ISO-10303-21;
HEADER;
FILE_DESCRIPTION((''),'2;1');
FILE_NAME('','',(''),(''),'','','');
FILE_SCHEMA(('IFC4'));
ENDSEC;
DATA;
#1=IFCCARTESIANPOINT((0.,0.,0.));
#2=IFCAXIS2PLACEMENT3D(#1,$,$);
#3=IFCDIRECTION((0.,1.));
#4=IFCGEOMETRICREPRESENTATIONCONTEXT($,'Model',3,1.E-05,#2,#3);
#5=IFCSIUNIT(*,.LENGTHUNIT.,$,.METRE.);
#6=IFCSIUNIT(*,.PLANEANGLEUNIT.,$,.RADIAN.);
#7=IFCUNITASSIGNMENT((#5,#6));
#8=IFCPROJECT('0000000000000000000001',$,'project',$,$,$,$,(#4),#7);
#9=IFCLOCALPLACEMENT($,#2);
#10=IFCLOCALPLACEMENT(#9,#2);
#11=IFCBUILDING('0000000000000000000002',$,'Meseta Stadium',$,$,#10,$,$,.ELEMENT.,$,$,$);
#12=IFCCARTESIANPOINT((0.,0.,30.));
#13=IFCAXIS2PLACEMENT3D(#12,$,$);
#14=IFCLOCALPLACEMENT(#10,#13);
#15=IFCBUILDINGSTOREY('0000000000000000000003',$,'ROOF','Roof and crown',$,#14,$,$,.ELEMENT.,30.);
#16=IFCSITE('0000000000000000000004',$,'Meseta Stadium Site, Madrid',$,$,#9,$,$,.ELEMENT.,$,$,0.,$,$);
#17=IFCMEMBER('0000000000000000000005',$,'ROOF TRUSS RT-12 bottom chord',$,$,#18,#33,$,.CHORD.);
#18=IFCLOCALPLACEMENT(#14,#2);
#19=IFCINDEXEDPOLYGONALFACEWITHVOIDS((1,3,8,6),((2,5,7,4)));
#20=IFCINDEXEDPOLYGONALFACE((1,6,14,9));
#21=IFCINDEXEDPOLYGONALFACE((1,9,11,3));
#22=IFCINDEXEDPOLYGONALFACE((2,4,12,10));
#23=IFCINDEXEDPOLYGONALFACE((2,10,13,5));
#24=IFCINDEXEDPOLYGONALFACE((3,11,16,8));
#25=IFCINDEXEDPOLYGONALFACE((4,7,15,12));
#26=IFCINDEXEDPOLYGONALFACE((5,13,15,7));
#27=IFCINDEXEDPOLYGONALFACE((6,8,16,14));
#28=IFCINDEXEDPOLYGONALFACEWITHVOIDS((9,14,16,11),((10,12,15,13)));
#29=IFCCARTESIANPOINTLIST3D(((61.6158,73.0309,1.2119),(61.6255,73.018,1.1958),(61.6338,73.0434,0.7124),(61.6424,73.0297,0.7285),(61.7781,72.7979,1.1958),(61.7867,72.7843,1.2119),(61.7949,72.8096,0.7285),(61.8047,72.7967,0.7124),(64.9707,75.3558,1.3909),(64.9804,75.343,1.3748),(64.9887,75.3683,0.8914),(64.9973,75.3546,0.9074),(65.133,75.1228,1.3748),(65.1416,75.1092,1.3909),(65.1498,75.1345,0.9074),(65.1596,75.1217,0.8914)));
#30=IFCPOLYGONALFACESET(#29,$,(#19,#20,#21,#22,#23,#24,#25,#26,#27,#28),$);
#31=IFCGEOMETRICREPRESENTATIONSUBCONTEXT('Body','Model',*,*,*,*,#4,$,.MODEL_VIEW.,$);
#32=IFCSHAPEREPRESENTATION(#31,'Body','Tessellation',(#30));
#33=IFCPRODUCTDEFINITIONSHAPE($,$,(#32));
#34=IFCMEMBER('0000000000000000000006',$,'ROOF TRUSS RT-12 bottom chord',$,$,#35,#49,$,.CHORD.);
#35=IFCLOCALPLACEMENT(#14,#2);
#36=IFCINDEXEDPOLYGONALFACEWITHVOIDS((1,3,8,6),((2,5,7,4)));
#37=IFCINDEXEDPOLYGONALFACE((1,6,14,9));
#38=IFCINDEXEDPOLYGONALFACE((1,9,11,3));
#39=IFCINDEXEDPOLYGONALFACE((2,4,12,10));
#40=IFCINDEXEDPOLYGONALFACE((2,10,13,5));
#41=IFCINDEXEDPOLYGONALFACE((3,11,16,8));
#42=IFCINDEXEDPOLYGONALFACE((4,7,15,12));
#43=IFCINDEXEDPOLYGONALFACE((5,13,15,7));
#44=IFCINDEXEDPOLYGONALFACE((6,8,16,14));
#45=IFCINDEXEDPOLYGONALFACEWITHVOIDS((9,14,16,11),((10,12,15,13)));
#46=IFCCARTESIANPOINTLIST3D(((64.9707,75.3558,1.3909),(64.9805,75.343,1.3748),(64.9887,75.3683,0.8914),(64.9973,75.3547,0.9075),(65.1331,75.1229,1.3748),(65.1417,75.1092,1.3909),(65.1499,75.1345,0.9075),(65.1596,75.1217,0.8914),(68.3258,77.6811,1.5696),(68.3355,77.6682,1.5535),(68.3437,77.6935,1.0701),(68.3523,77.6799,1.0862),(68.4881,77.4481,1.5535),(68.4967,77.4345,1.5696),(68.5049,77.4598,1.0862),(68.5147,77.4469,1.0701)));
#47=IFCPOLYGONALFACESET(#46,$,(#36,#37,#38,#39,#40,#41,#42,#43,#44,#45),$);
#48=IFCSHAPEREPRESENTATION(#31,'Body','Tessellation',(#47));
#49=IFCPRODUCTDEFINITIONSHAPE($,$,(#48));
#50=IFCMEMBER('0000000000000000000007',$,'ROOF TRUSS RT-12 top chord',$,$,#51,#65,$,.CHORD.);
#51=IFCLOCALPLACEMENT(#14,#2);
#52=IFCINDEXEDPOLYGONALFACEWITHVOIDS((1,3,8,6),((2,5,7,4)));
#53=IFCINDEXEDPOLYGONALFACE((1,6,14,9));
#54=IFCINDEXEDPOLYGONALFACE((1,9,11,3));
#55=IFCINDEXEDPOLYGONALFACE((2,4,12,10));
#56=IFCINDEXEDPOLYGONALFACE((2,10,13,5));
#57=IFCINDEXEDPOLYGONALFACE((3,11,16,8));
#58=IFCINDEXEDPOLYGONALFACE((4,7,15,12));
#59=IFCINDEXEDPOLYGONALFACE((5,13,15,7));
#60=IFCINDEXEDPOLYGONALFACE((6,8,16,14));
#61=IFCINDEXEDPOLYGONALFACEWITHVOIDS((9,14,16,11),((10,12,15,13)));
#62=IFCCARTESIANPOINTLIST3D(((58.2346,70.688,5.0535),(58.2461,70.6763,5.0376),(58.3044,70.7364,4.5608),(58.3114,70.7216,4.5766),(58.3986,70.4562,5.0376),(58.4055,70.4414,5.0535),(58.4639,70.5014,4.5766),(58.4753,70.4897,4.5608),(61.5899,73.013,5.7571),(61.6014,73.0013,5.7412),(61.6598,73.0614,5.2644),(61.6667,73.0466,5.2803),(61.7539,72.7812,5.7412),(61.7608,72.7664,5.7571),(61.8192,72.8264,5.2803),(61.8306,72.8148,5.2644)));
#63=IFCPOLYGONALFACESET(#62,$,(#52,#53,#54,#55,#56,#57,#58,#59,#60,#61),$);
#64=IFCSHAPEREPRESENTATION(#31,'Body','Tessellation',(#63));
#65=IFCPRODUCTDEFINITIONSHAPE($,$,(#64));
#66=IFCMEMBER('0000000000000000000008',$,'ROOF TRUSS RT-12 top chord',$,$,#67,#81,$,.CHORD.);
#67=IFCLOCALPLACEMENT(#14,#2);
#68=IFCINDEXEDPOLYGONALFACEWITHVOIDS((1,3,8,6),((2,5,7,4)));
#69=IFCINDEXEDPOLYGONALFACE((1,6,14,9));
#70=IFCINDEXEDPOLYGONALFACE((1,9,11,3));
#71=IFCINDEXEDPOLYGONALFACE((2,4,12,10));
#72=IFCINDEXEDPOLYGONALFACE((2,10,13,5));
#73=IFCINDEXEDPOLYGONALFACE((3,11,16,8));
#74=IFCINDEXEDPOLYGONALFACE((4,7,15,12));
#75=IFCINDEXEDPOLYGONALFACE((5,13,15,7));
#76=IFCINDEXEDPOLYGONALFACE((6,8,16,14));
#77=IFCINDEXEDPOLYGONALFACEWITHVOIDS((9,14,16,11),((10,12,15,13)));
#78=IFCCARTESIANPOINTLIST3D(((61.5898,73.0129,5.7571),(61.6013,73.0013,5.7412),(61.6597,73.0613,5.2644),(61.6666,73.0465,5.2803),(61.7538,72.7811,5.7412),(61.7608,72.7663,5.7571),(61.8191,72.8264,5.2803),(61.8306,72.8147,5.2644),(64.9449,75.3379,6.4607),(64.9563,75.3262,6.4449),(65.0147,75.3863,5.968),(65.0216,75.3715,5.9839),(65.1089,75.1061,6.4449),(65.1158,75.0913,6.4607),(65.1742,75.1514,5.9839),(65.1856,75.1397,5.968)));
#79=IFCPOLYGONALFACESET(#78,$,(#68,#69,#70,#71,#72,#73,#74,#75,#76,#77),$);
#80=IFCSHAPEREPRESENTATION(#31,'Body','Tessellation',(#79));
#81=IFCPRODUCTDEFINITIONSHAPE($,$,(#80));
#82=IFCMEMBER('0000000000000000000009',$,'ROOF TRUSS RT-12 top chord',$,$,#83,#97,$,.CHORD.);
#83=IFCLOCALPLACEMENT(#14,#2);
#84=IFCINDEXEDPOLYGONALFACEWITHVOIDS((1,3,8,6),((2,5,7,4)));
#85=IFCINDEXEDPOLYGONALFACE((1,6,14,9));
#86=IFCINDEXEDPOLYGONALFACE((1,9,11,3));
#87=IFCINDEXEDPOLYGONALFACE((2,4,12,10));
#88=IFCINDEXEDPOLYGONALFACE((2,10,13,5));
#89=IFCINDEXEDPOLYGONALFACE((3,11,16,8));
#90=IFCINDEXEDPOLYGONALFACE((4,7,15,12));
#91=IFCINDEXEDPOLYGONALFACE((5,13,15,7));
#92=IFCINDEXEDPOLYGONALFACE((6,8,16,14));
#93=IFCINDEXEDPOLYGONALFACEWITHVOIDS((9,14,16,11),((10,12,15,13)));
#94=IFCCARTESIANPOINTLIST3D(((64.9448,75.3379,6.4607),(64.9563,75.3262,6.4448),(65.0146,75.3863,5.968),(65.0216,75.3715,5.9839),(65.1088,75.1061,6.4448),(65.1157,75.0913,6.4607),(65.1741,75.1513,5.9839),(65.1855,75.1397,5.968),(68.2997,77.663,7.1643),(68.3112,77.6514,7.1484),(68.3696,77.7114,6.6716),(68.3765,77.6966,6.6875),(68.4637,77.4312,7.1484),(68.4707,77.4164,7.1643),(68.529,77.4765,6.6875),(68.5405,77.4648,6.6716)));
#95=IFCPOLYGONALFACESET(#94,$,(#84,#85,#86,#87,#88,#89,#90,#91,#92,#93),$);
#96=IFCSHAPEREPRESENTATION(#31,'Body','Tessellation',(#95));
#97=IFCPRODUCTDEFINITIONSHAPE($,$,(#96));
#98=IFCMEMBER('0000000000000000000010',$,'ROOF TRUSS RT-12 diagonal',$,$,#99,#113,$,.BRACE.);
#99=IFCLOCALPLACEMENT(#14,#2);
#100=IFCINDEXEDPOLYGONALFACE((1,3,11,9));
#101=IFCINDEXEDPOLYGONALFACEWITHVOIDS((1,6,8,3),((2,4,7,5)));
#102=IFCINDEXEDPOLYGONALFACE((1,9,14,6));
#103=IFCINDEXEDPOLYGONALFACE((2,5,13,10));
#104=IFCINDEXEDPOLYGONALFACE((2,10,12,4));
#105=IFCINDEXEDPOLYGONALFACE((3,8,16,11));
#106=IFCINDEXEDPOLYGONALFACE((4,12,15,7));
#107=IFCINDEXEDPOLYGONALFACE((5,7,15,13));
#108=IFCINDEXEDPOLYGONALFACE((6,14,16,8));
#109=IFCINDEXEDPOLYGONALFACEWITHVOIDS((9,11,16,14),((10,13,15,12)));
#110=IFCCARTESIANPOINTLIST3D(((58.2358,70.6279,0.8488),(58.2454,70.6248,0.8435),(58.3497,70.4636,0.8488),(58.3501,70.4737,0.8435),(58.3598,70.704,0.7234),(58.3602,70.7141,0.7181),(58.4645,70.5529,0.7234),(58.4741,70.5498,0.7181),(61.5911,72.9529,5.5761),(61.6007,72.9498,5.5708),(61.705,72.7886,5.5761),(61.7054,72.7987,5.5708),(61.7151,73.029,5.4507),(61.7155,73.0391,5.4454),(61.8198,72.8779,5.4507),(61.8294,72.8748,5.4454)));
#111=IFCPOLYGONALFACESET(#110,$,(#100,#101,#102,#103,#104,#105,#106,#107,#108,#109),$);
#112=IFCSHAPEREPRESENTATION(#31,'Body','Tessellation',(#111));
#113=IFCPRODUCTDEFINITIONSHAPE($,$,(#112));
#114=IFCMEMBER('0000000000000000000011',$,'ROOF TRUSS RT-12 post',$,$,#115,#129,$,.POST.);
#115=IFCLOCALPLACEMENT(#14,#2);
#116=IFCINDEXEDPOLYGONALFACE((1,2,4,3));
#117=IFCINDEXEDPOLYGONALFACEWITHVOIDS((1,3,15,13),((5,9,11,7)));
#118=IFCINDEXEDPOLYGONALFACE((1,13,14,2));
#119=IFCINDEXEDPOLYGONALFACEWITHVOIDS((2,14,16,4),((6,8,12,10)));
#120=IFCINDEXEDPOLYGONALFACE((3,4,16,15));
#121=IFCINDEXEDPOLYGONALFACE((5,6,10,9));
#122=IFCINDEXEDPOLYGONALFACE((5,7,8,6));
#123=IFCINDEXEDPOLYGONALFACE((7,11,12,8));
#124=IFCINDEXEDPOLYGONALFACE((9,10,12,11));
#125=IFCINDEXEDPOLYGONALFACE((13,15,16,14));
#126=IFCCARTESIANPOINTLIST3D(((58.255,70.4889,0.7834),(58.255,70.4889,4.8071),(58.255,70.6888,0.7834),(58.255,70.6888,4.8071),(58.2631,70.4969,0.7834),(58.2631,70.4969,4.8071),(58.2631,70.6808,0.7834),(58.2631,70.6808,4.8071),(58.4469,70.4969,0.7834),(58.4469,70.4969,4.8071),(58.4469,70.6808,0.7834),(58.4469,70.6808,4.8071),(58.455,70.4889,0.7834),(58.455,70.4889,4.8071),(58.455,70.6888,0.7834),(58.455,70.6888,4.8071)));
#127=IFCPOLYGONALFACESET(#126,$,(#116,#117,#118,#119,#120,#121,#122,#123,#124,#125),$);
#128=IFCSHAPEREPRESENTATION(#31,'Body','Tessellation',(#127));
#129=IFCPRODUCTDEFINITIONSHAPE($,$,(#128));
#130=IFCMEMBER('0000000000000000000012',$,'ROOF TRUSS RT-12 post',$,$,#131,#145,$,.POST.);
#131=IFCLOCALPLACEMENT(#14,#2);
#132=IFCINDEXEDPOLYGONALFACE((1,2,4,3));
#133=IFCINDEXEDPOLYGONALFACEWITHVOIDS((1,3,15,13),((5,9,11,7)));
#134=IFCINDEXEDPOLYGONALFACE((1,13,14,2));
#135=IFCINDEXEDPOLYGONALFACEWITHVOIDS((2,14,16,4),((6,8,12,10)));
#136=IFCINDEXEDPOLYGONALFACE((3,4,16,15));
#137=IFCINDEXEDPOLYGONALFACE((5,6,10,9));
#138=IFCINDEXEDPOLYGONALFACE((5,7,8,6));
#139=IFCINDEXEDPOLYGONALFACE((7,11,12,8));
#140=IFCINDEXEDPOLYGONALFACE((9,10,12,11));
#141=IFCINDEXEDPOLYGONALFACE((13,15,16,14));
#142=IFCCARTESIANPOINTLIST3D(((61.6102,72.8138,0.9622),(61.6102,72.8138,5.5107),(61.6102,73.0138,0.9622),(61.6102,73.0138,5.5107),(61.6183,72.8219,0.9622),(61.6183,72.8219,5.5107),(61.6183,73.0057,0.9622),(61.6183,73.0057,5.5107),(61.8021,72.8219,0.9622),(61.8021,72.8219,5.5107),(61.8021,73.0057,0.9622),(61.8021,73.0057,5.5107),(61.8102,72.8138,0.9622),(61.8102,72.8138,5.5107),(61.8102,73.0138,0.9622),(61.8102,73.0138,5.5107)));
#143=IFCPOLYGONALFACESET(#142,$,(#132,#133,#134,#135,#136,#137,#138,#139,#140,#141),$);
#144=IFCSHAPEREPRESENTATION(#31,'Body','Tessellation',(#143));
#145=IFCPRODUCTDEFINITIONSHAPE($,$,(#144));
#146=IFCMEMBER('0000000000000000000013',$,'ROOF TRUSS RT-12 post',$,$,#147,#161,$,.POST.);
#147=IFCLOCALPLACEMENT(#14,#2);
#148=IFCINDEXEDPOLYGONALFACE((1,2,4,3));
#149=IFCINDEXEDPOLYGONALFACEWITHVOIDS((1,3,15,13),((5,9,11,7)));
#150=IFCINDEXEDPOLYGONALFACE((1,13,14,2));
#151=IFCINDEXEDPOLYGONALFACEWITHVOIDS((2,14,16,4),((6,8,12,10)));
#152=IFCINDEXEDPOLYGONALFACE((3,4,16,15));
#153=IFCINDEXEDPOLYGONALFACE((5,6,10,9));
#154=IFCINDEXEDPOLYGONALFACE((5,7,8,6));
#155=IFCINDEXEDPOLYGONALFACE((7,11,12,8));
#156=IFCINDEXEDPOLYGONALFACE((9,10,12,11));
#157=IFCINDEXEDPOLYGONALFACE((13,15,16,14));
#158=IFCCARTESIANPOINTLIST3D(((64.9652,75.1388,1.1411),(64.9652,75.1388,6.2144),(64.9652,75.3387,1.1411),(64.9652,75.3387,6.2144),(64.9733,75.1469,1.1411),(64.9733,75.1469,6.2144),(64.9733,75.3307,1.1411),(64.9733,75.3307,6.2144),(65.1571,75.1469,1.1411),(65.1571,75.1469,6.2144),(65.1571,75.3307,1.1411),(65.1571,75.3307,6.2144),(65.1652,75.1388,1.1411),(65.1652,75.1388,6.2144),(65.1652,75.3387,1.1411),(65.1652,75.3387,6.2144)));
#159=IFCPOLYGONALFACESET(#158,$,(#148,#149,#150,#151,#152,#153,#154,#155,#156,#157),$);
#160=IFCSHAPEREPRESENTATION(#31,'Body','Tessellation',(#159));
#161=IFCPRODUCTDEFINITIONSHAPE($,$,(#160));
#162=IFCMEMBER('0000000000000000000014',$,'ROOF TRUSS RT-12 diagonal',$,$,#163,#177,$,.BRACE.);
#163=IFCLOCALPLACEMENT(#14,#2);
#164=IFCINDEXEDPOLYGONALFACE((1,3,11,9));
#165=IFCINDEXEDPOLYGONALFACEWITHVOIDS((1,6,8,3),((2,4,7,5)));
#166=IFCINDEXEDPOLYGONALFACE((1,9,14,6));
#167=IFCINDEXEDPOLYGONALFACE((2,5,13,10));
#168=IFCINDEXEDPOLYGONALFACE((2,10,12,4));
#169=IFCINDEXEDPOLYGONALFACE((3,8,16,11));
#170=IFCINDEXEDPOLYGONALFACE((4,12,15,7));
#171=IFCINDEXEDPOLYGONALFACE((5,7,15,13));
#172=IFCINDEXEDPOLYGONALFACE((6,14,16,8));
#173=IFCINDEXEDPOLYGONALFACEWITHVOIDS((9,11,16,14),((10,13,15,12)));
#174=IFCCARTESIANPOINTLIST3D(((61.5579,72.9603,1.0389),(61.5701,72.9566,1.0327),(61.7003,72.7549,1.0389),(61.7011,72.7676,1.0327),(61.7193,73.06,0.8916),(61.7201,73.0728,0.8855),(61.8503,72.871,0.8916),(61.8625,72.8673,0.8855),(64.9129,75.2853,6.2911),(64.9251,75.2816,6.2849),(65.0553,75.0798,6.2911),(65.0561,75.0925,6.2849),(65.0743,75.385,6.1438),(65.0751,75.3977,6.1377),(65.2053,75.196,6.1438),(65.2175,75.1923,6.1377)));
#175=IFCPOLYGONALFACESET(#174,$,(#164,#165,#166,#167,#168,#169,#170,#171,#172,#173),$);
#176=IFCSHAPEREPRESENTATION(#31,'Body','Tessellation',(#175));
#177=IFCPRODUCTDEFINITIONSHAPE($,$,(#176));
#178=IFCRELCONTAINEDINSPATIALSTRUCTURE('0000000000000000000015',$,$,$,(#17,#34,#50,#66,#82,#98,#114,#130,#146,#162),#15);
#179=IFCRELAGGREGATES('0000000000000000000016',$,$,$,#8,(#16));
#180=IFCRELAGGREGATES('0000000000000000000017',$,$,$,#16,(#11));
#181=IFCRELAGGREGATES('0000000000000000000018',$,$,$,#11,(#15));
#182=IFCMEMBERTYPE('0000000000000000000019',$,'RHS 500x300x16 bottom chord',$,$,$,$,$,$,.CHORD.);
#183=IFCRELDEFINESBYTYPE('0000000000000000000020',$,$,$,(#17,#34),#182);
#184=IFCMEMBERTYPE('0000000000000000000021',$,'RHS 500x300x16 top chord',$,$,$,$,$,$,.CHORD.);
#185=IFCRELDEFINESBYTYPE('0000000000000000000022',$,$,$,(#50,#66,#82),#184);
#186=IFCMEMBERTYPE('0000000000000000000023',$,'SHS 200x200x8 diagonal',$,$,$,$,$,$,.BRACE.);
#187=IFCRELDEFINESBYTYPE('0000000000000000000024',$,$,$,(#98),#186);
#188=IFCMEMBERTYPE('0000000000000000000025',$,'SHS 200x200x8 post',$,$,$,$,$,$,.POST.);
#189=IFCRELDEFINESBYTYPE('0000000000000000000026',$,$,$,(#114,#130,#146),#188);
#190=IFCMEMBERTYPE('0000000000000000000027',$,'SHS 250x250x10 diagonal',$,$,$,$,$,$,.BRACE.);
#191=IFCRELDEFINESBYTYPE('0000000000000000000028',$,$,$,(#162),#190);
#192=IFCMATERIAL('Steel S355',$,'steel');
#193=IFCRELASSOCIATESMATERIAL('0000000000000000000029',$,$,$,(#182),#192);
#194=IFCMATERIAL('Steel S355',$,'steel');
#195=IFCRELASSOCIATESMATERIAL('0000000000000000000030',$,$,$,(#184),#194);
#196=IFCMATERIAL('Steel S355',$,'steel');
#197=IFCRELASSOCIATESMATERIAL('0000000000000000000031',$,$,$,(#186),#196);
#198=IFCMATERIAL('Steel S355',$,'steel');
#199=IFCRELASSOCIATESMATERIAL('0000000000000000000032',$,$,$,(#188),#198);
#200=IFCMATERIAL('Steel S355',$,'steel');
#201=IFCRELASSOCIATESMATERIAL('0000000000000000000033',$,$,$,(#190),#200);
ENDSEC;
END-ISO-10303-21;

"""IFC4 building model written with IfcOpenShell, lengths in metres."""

from ifc_helpers import new_model, si_unit, direction, frame, origin, origin_2d, place, context, subcontext, project, spatial, hollow_rectangle, extrude, material, material_profile, profile_set, type_object, element, save


model = new_model("IFC4")

# Units and contexts
model_context = context("Model", 3, precision=1e-05, world=origin(), true_north=direction((0.0, 1.0)))
body_context = subcontext(model_context, "Body", "Model", "MODEL_VIEW")
ifc_project = project(units=[si_unit("LENGTHUNIT", "METRE"), si_unit("PLANEANGLEUNIT", "RADIAN")], contexts=[model_context])

# Site, building, storey
site_placement = place(None, origin())
site = spatial("IfcSite", under=ifc_project, at=site_placement, Name="Meseta Stadium Site, Madrid", CompositionType="ELEMENT", RefElevation=0.0)
building_placement = place(site_placement, origin())
building = spatial("IfcBuilding", under=site, at=building_placement, Name="Meseta Stadium", CompositionType="ELEMENT")
storey_placement = place(building_placement, frame((0.0, 0.0, 30.0)))
storey = spatial("IfcBuildingStorey", under=building, at=storey_placement, Name="ROOF", Description="Roof and crown", CompositionType="ELEMENT", Elevation=30.0)

# Members
ifc_material_1 = material(Name="Steel S355", Category="steel")
ifc_material_profile_1 = material_profile(ifc_material_1, hollow_rectangle(XDim=0.3, YDim=0.5, WallThickness=0.0161, at=origin_2d()), Name="RHS 500x300x16")
ifc_profile_set_1 = profile_set([ifc_material_profile_1], Name="Steel S355")
member_type_1 = type_object("IfcMemberType", Name="RHS 500x300x16 bottom chord", PredefinedType="CHORD", material=ifc_profile_set_1)
member_1_placement = place(storey_placement, frame((61.7102, 72.9138, 0.9622), z_axis=(0.821143, 0.56904, 0.0438), x_axis=(-0.569586, 0.821932, 0.0)))
element("IfcMember", 1, at=member_1_placement, inside=storey, type_object=member_type_1, Name="ROOF TRUSS RT-12 bottom chord", PredefinedType="CHORD", context=body_context, shape_type="SweptSolid", body=[
    extrude(hollow_rectangle(XDim=0.3, YDim=0.5, WallThickness=0.0161, at=origin_2d()), origin(), (0.0, 0.0, 1.0), 4.0857),
])
member_2_placement = place(storey_placement, frame((65.0652, 75.2388, 1.1411), z_axis=(0.821117, 0.569082, 0.043739), x_axis=(-0.569627, 0.821904, 0.0)))
element("IfcMember", 2, at=member_2_placement, inside=storey, type_object=member_type_1, Name="ROOF TRUSS RT-12 bottom chord", PredefinedType="CHORD", context=body_context, shape_type="SweptSolid", body=[
    extrude(hollow_rectangle(XDim=0.3, YDim=0.5, WallThickness=0.0161, at=origin_2d()), origin(), (0.0, 0.0, 1.0), 4.0859),
])
ifc_material_2 = material(Name="Steel S355", Category="steel")
ifc_material_profile_2 = material_profile(ifc_material_2, hollow_rectangle(XDim=0.3, YDim=0.5, WallThickness=0.0161, at=origin_2d()), Name="RHS 500x300x16")
ifc_profile_set_2 = profile_set([ifc_material_profile_2], Name="Steel S355")
member_type_2 = type_object("IfcMemberType", Name="RHS 500x300x16 top chord", PredefinedType="CHORD", material=ifc_profile_set_2)
member_3_placement = place(storey_placement, frame((58.355, 70.5889, 4.8071), z_axis=(0.810006, 0.561281, 0.169864), x_axis=(-0.569558, 0.821951, 0.0)))
element("IfcMember", 3, at=member_3_placement, inside=storey, type_object=member_type_2, Name="ROOF TRUSS RT-12 top chord", PredefinedType="CHORD", context=body_context, shape_type="SweptSolid", body=[
    extrude(hollow_rectangle(XDim=0.3, YDim=0.5, WallThickness=0.0161, at=origin_2d()), origin(), (0.0, 0.0, 1.0), 4.1423),
])
for number, where, z_axis, x_axis, name in (
    (4, (61.7102, 72.9138, 5.5107), (0.809986, 0.561308, 0.169872), (-0.569586, 0.821932, 0.0), "ROOF TRUSS RT-12 top chord"),
    (5, (65.0652, 75.2388, 6.2144), (0.809959, 0.561348, 0.169866), (-0.569627, 0.821904, 0.0), "ROOF TRUSS RT-12 top chord"),
):
    element("IfcMember", number, at=place(storey_placement, frame(where, z_axis=z_axis, x_axis=x_axis)), inside=storey, type_object=member_type_2, Name=name, PredefinedType="CHORD", context=body_context, shape_type="SweptSolid", body=[
        extrude(hollow_rectangle(XDim=0.3, YDim=0.5, WallThickness=0.0161, at=origin_2d()), origin(), (0.0, 0.0, 1.0), 4.1421),
    ])
ifc_material_3 = material(Name="Steel S355", Category="steel")
ifc_material_profile_3 = material_profile(ifc_material_3, hollow_rectangle(XDim=0.2, YDim=0.2, WallThickness=0.0081, at=origin_2d()), Name="SHS 200x200x8")
ifc_profile_set_3 = profile_set([ifc_material_profile_3], Name="Steel S355")
member_type_3 = type_object("IfcMemberType", Name="SHS 200x200x8 diagonal", PredefinedType="BRACE", material=ifc_profile_set_3)
member_4_placement = place(storey_placement, frame((58.355, 70.5889, 0.7834), z_axis=(0.537195, 0.372241, 0.756874), x_axis=(-0.569558, 0.821951, 0.0)))
element("IfcMember", 6, at=member_4_placement, inside=storey, type_object=member_type_3, Name="ROOF TRUSS RT-12 diagonal", PredefinedType="BRACE", context=body_context, shape_type="SweptSolid", body=[
    extrude(hollow_rectangle(XDim=0.2, YDim=0.2, WallThickness=0.0081, at=origin_2d()), origin(), (0.0, 0.0, 1.0), 6.2458),
])
ifc_material_4 = material(Name="Steel S355", Category="steel")
ifc_material_profile_4 = material_profile(ifc_material_4, hollow_rectangle(XDim=0.2, YDim=0.2, WallThickness=0.0081, at=origin_2d()), Name="SHS 200x200x8")
ifc_profile_set_4 = profile_set([ifc_material_profile_4], Name="Steel S355")
member_type_4 = type_object("IfcMemberType", Name="SHS 200x200x8 post", PredefinedType="POST", material=ifc_profile_set_4)
member_5_placement = place(storey_placement, frame((58.355, 70.5889, 0.7834), z_axis=(0.0, 0.0, 1.0), x_axis=(1.0, 0.0, 0.0)))
element("IfcMember", 7, at=member_5_placement, inside=storey, type_object=member_type_4, Name="ROOF TRUSS RT-12 post", PredefinedType="POST", context=body_context, shape_type="SweptSolid", body=[
    extrude(hollow_rectangle(XDim=0.2, YDim=0.2, WallThickness=0.0081, at=origin_2d()), origin(), (0.0, 0.0, 1.0), 4.0237),
])
member_6_placement = place(storey_placement, frame((61.7102, 72.9138, 0.9622), z_axis=(0.0, 0.0, 1.0), x_axis=(1.0, 0.0, 0.0)))
element("IfcMember", 8, at=member_6_placement, inside=storey, type_object=member_type_4, Name="ROOF TRUSS RT-12 post", PredefinedType="POST", context=body_context, shape_type="SweptSolid", body=[
    extrude(hollow_rectangle(XDim=0.2, YDim=0.2, WallThickness=0.0081, at=origin_2d()), origin(), (0.0, 0.0, 1.0), 4.5486),
])
member_7_placement = place(storey_placement, frame((65.0652, 75.2388, 1.1411), z_axis=(0.0, 0.0, 1.0), x_axis=(1.0, 0.0, 0.0)))
element("IfcMember", 9, at=member_7_placement, inside=storey, type_object=member_type_4, Name="ROOF TRUSS RT-12 post", PredefinedType="POST", context=body_context, shape_type="SweptSolid", body=[
    extrude(hollow_rectangle(XDim=0.2, YDim=0.2, WallThickness=0.0081, at=origin_2d()), origin(), (0.0, 0.0, 1.0), 5.0732),
])
ifc_material_5 = material(Name="Steel S355", Category="steel")
ifc_material_profile_5 = material_profile(ifc_material_5, hollow_rectangle(XDim=0.25, YDim=0.25, WallThickness=0.01, at=origin_2d()), Name="SHS 250x250x10")
ifc_profile_set_5 = profile_set([ifc_material_profile_5], Name="Steel S355")
member_type_5 = type_object("IfcMemberType", Name="SHS 250x250x10 diagonal", PredefinedType="BRACE", material=ifc_profile_set_5)
member_8_placement = place(storey_placement, frame((61.7102, 72.9138, 0.9622), z_axis=(0.504369, 0.34952, 0.789587), x_axis=(-0.569586, 0.821932, 0.0)))
element("IfcMember", 10, at=member_8_placement, inside=storey, type_object=member_type_5, Name="ROOF TRUSS RT-12 diagonal", PredefinedType="BRACE", context=body_context, shape_type="SweptSolid", body=[
    extrude(hollow_rectangle(XDim=0.25, YDim=0.25, WallThickness=0.01, at=origin_2d()), origin(), (0.0, 0.0, 1.0), 6.6519),
])

save(model, "model.ifc")
